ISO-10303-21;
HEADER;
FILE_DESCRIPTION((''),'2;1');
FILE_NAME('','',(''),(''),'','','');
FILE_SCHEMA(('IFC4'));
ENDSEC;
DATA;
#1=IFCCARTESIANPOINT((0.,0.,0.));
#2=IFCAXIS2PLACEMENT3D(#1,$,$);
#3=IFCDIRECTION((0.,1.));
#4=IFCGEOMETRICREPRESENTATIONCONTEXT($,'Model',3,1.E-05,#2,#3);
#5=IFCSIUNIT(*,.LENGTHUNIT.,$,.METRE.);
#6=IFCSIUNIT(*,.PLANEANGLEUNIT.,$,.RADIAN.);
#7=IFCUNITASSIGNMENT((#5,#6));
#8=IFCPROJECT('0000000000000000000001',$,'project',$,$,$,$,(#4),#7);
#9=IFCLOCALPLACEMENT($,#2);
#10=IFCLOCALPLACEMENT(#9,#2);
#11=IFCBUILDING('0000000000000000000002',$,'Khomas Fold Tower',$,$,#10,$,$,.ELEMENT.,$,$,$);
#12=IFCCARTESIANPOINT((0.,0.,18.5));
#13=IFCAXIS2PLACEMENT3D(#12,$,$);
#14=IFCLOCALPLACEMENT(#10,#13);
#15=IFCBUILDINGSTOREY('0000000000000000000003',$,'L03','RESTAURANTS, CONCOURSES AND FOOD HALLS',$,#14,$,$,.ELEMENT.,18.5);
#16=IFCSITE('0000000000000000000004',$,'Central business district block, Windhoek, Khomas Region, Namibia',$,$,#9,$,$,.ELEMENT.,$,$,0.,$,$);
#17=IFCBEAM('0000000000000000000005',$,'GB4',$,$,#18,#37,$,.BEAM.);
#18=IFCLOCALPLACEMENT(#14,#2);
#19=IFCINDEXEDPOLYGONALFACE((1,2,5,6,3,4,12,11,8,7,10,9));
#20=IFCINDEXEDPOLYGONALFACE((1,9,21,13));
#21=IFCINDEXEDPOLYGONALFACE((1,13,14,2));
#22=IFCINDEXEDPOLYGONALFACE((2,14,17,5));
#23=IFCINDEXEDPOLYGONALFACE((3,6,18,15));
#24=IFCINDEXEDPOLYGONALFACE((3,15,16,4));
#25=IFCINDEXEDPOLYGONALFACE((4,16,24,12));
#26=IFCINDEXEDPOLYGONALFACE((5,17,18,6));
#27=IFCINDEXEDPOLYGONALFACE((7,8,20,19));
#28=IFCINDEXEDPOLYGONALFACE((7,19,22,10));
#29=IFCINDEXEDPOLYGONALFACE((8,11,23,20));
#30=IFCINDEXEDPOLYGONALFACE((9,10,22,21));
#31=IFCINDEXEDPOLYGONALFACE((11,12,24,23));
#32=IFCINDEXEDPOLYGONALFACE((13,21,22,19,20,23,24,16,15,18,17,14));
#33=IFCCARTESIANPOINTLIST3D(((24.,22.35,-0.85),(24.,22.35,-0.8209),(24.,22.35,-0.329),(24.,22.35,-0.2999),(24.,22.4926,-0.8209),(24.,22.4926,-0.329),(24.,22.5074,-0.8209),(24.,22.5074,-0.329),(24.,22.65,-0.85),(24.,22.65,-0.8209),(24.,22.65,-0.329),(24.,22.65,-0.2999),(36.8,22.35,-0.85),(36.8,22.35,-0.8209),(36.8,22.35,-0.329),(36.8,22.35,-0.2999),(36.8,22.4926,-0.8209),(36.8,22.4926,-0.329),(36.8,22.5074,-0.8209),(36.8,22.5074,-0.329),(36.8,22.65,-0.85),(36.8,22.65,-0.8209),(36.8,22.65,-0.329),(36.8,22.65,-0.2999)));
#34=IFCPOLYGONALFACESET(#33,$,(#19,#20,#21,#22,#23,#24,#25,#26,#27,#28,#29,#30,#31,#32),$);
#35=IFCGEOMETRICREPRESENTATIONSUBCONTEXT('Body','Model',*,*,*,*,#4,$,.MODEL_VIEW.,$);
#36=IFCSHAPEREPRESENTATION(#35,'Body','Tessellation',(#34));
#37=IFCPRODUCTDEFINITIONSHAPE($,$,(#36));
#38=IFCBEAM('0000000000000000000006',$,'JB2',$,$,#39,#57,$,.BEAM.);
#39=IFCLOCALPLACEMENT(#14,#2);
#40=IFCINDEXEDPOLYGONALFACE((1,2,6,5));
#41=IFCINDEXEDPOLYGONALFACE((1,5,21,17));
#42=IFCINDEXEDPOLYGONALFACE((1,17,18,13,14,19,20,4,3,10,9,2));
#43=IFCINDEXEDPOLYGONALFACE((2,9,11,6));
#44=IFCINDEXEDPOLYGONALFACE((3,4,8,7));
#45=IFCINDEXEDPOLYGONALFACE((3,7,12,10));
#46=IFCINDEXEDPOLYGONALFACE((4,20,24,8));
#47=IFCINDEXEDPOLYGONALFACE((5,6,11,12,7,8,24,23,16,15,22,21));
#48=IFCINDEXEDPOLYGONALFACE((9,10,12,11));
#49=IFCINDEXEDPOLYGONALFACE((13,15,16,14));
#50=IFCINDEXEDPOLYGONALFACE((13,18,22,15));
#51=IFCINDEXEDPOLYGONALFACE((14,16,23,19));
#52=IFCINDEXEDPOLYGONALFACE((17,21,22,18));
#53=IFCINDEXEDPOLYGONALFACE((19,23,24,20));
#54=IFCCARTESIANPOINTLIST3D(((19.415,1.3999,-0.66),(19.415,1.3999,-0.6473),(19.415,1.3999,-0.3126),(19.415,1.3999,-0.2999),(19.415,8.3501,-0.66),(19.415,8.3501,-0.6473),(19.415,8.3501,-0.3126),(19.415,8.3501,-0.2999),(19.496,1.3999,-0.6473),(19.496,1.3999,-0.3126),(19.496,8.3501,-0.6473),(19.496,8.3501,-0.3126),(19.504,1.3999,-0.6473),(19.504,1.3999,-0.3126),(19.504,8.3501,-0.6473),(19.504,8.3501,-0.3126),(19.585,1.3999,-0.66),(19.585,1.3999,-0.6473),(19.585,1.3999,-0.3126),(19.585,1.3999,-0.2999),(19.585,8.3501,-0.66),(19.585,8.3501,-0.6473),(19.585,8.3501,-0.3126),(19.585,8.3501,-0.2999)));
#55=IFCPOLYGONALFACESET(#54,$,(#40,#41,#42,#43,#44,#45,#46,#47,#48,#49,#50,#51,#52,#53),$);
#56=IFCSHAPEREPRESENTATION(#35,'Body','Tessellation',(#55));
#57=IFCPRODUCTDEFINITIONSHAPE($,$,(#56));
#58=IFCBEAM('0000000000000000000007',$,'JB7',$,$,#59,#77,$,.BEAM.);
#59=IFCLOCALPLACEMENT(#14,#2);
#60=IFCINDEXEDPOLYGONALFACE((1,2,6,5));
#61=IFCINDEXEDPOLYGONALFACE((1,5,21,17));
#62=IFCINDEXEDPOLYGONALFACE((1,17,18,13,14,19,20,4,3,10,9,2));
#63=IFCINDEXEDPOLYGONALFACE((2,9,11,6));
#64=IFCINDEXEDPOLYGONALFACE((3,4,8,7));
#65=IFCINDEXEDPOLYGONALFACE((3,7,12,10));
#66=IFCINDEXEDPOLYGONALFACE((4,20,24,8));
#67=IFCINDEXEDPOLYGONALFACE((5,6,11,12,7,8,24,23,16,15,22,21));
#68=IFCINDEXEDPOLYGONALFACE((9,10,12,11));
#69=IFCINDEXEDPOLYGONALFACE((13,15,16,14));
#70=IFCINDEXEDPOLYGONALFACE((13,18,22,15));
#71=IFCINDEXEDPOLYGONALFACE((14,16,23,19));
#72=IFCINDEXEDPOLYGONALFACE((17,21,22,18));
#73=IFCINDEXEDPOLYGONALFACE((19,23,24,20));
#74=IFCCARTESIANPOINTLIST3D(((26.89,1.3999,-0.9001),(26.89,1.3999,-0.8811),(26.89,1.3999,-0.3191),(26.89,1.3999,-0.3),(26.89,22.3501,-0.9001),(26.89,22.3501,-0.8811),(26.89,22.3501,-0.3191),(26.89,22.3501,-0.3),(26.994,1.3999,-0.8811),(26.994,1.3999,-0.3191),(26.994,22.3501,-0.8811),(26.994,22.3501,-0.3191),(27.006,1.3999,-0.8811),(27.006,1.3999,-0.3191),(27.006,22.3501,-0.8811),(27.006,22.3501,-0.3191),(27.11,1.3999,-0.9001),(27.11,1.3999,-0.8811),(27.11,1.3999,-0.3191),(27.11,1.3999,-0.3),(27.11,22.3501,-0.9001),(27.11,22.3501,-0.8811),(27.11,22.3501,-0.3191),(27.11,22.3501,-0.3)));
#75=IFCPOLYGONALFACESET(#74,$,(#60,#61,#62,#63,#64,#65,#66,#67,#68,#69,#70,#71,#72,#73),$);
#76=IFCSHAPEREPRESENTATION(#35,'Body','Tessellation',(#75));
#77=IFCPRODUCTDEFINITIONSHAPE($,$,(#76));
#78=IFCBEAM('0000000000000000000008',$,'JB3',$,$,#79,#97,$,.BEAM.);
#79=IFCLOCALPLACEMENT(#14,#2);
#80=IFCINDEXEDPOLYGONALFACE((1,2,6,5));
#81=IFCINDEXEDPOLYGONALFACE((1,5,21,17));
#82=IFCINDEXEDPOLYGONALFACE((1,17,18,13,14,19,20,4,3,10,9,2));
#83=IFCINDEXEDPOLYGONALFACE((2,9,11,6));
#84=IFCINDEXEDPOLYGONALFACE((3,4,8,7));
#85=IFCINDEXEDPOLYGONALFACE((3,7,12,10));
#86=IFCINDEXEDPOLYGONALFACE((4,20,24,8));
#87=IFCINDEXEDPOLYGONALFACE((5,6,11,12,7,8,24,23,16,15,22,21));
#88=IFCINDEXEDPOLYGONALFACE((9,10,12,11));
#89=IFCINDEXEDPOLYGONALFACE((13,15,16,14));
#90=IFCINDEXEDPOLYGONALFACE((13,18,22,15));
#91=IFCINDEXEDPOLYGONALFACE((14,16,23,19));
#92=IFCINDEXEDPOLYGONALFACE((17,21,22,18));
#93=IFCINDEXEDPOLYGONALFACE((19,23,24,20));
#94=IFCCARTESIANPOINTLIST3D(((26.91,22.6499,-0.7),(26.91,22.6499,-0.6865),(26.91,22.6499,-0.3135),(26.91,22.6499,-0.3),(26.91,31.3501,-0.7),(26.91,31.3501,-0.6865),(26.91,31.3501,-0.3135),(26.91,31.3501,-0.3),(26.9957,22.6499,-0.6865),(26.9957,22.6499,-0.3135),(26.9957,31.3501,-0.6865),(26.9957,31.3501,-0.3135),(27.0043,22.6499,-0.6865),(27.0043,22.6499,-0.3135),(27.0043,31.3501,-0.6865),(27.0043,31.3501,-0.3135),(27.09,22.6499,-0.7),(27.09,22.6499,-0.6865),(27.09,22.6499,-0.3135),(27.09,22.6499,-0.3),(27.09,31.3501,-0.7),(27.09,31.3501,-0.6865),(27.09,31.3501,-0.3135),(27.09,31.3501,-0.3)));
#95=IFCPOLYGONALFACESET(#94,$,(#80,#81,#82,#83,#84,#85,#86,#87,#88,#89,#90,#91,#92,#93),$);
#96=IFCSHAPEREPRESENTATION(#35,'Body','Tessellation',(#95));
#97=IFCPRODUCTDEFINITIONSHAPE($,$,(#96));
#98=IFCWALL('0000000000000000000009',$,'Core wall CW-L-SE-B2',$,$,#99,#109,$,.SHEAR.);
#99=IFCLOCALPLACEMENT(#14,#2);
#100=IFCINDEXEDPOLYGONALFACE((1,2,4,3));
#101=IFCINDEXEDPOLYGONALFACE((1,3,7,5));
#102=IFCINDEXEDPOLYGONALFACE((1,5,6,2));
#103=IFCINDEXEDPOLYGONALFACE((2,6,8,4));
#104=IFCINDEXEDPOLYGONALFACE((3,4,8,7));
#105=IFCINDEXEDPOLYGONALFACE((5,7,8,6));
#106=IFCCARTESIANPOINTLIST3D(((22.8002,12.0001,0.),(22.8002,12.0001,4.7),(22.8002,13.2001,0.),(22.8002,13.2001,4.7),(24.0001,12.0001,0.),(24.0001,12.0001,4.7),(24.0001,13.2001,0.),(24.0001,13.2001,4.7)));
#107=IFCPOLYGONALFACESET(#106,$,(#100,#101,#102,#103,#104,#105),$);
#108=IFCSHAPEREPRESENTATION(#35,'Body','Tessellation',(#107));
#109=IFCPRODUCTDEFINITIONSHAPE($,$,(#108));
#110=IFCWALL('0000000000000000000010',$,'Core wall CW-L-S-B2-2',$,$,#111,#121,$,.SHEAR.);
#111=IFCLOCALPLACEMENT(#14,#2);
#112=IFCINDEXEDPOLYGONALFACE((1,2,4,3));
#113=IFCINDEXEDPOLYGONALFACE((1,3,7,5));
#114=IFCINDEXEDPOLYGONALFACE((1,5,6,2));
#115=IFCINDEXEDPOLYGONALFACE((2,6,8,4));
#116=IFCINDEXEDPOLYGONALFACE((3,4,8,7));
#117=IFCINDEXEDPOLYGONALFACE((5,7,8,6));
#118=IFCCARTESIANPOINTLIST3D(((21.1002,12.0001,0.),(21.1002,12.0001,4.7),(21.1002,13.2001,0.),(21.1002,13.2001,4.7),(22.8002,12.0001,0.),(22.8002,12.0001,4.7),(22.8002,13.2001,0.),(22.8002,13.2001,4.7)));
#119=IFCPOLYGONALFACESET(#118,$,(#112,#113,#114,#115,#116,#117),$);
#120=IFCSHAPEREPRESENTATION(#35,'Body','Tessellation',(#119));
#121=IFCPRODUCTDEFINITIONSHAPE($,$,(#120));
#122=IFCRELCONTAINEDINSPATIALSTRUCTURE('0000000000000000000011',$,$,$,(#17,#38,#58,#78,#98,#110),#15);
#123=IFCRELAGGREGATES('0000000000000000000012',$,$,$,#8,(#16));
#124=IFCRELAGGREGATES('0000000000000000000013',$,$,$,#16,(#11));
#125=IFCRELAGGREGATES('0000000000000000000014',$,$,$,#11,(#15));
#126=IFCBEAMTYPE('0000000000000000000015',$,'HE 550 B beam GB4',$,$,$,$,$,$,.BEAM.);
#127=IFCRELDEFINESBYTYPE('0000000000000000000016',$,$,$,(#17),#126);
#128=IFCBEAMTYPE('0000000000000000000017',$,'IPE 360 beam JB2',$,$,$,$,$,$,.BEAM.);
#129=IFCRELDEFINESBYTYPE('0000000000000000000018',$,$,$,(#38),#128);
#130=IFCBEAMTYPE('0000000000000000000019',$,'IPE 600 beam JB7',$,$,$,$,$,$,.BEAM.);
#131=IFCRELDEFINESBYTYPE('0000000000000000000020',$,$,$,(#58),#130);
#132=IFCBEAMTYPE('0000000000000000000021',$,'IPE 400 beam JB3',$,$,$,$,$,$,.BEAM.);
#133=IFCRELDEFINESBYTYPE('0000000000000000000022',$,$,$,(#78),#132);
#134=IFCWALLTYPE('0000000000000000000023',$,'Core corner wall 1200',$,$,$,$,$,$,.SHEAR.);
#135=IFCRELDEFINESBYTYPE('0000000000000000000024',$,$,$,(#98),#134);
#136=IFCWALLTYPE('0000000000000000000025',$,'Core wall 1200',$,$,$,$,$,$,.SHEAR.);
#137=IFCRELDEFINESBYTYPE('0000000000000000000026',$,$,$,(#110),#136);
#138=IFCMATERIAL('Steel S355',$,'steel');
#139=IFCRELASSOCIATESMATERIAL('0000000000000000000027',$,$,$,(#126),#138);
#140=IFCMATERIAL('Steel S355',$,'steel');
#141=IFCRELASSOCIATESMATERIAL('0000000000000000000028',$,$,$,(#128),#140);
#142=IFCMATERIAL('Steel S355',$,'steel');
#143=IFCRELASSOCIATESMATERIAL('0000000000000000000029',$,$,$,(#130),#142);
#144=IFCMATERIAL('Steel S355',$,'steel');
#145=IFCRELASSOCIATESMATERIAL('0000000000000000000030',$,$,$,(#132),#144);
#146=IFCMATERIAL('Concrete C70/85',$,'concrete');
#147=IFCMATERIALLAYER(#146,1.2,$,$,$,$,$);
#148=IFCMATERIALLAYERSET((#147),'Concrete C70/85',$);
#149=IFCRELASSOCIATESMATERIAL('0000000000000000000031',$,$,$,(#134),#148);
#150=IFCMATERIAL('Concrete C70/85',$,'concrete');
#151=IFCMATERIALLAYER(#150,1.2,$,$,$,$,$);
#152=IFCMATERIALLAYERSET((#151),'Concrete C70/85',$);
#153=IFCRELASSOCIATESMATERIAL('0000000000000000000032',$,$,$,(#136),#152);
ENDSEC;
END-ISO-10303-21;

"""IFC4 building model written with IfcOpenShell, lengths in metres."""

from ifc_helpers import new_model, si_unit, direction, frame, frame_2d, origin, origin_2d, place, context, subcontext, project, spatial, rectangle, i_section, extrude, source, transform, mapped, material, layer, layer_set, material_profile, profile_set, type_object, element, save


model = new_model("IFC4")

# Units and contexts
model_context = context("Model", 3, precision=1e-05, world=origin(), true_north=direction((0.0, 1.0)))
body_context = subcontext(model_context, "Body", "Model", "MODEL_VIEW")
ifc_project = project(units=[si_unit("LENGTHUNIT", "METRE"), si_unit("PLANEANGLEUNIT", "RADIAN")], contexts=[model_context])

# Site, building, storey
site_placement = place(None, origin())
site = spatial("IfcSite", under=ifc_project, at=site_placement, Name="Central business district block, Windhoek, Khomas Region, Namibia", CompositionType="ELEMENT", RefElevation=0.0)
building_placement = place(site_placement, origin())
building = spatial("IfcBuilding", under=site, at=building_placement, Name="Khomas Fold Tower", CompositionType="ELEMENT")
storey_placement = place(building_placement, frame((0.0, 0.0, 18.5)))
storey = spatial("IfcBuildingStorey", under=building, at=storey_placement, Name="L03", Description="RESTAURANTS, CONCOURSES AND FOOD HALLS", CompositionType="ELEMENT", Elevation=18.5)

# Beams
ifc_material_1 = material(Name="Steel S355", Category="steel")
ifc_material_profile_1 = material_profile(ifc_material_1, i_section(OverallWidth=0.3, OverallDepth=0.55, WebThickness=0.0149, FlangeThickness=0.0291, at=origin_2d()), Name="HE 550 B")
ifc_profile_set_1 = profile_set([ifc_material_profile_1], Name="Steel S355")
beam_type_1 = type_object("IfcBeamType", Name="HE 550 B beam GB4", PredefinedType="BEAM", material=ifc_profile_set_1)
shared_shape_1 = source(origin(), body_context, "Body", "SweptSolid", [
    extrude(i_section(OverallWidth=0.3, OverallDepth=0.55, WebThickness=0.0149, FlangeThickness=0.0291, at=origin_2d()), origin(), (0.0, 0.0, 1.0), 12.8),
])
beam_1_placement = place(storey_placement, frame((24.0, 22.5, -0.575), z_axis=(1.0, 0.0, 0.0), x_axis=(0.0, 1.0, 0.0)))
element("IfcBeam", 1, at=beam_1_placement, inside=storey, type_object=beam_type_1, Name="GB4", PredefinedType="BEAM", context=body_context, shape_type="MappedRepresentation", body=[
    mapped(shared_shape_1, transform((0.0, 0.0, 0.0))),
])
ifc_material_2 = material(Name="Steel S355", Category="steel")
ifc_material_profile_2 = material_profile(ifc_material_2, i_section(OverallWidth=0.1699, OverallDepth=0.3601, WebThickness=0.0081, FlangeThickness=0.0127, at=origin_2d()), Name="IPE 360")
ifc_profile_set_2 = profile_set([ifc_material_profile_2], Name="Steel S355")
beam_type_2 = type_object("IfcBeamType", Name="IPE 360 beam JB2", PredefinedType="BEAM", material=ifc_profile_set_2)
shared_shape_2 = source(origin(), body_context, "Body", "SweptSolid", [
    extrude(i_section(OverallWidth=0.1699, OverallDepth=0.3601, WebThickness=0.0081, FlangeThickness=0.0127, at=origin_2d()), origin(), (0.0, 0.0, 1.0), 6.9502),
])
beam_2_placement = place(storey_placement, frame((19.5, 1.3999, -0.48), z_axis=(0.0, 1.0, 0.0), x_axis=(-1.0, 0.0, 0.0)))
element("IfcBeam", 2, at=beam_2_placement, inside=storey, type_object=beam_type_2, Name="JB2", PredefinedType="BEAM", context=body_context, shape_type="MappedRepresentation", body=[
    mapped(shared_shape_2, transform((0.0, 0.0, 0.0))),
])
ifc_material_3 = material(Name="Steel S355", Category="steel")
ifc_material_profile_3 = material_profile(ifc_material_3, i_section(OverallWidth=0.22, OverallDepth=0.6001, WebThickness=0.012, FlangeThickness=0.019, at=origin_2d()), Name="IPE 600")
ifc_profile_set_3 = profile_set([ifc_material_profile_3], Name="Steel S355")
beam_type_3 = type_object("IfcBeamType", Name="IPE 600 beam JB7", PredefinedType="BEAM", material=ifc_profile_set_3)
shared_shape_3 = source(origin(), body_context, "Body", "SweptSolid", [
    extrude(i_section(OverallWidth=0.22, OverallDepth=0.6001, WebThickness=0.012, FlangeThickness=0.019, at=origin_2d()), origin(), (0.0, 0.0, 1.0), 20.9502),
])
beam_3_placement = place(storey_placement, frame((27.0, 1.3999, -0.6001), z_axis=(0.0, 1.0, 0.0), x_axis=(-1.0, 0.0, 0.0)))
element("IfcBeam", 3, at=beam_3_placement, inside=storey, type_object=beam_type_3, Name="JB7", PredefinedType="BEAM", context=body_context, shape_type="MappedRepresentation", body=[
    mapped(shared_shape_3, transform((0.0, 0.0, 0.0))),
])
ifc_material_4 = material(Name="Steel S355", Category="steel")
ifc_material_profile_4 = material_profile(ifc_material_4, i_section(OverallWidth=0.1799, OverallDepth=0.3999, WebThickness=0.0085, FlangeThickness=0.0134, at=origin_2d()), Name="IPE 400")
ifc_profile_set_4 = profile_set([ifc_material_profile_4], Name="Steel S355")
beam_type_4 = type_object("IfcBeamType", Name="IPE 400 beam JB3", PredefinedType="BEAM", material=ifc_profile_set_4)
shared_shape_4 = source(origin(), body_context, "Body", "SweptSolid", [
    extrude(i_section(OverallWidth=0.1799, OverallDepth=0.3999, WebThickness=0.0085, FlangeThickness=0.0134, at=origin_2d()), origin(), (0.0, 0.0, 1.0), 8.7002),
])
beam_4_placement = place(storey_placement, frame((27.0, 22.6499, -0.5), z_axis=(0.0, 1.0, 0.0), x_axis=(-1.0, 0.0, 0.0)))
element("IfcBeam", 4, at=beam_4_placement, inside=storey, type_object=beam_type_4, Name="JB3", PredefinedType="BEAM", context=body_context, shape_type="MappedRepresentation", body=[
    mapped(shared_shape_4, transform((0.0, 0.0, 0.0))),
])

# Walls
ifc_material_5 = material(Name="Concrete C70/85", Category="concrete")
ifc_layer_1 = layer(ifc_material_5, 1.2)
ifc_layer_set_1 = layer_set([ifc_layer_1], Name="Concrete C70/85")
wall_type_1 = type_object("IfcWallType", Name="Core corner wall 1200", PredefinedType="SHEAR", material=ifc_layer_set_1)
shared_shape_5 = source(origin(), body_context, "Body", "SweptSolid", [
    extrude(rectangle(XDim=1.2, YDim=1.2, at=frame_2d((0.6001, 0.0))), origin(), (0.0, 0.0, 1.0), 4.7),
])
wall_1_placement = place(storey_placement, frame((22.8, 12.6001, 0.0), z_axis=(0.0, 0.0, 1.0), x_axis=(1.0, 0.0, 0.0)))
element("IfcWall", 5, at=wall_1_placement, inside=storey, type_object=wall_type_1, Name="Core wall CW-L-SE-B2", PredefinedType="SHEAR", context=body_context, shape_type="MappedRepresentation", body=[
    mapped(shared_shape_5, transform((0.0, 0.0, 0.0))),
])
ifc_material_6 = material(Name="Concrete C70/85", Category="concrete")
ifc_layer_2 = layer(ifc_material_6, 1.2)
ifc_layer_set_2 = layer_set([ifc_layer_2], Name="Concrete C70/85")
wall_type_2 = type_object("IfcWallType", Name="Core wall 1200", PredefinedType="SHEAR", material=ifc_layer_set_2)
shared_shape_6 = source(origin(), body_context, "Body", "SweptSolid", [
    extrude(rectangle(XDim=1.7, YDim=1.2, at=frame_2d((0.8501, 0.0))), origin(), (0.0, 0.0, 1.0), 4.7),
])
wall_2_placement = place(storey_placement, frame((21.1001, 12.6001, 0.0), z_axis=(0.0, 0.0, 1.0), x_axis=(1.0, 0.0, 0.0)))
element("IfcWall", 6, at=wall_2_placement, inside=storey, type_object=wall_type_2, Name="Core wall CW-L-S-B2-2", PredefinedType="SHEAR", context=body_context, shape_type="MappedRepresentation", body=[
    mapped(shared_shape_6, transform((0.0, 0.0, 0.0))),
])

save(model, "model.ifc")
